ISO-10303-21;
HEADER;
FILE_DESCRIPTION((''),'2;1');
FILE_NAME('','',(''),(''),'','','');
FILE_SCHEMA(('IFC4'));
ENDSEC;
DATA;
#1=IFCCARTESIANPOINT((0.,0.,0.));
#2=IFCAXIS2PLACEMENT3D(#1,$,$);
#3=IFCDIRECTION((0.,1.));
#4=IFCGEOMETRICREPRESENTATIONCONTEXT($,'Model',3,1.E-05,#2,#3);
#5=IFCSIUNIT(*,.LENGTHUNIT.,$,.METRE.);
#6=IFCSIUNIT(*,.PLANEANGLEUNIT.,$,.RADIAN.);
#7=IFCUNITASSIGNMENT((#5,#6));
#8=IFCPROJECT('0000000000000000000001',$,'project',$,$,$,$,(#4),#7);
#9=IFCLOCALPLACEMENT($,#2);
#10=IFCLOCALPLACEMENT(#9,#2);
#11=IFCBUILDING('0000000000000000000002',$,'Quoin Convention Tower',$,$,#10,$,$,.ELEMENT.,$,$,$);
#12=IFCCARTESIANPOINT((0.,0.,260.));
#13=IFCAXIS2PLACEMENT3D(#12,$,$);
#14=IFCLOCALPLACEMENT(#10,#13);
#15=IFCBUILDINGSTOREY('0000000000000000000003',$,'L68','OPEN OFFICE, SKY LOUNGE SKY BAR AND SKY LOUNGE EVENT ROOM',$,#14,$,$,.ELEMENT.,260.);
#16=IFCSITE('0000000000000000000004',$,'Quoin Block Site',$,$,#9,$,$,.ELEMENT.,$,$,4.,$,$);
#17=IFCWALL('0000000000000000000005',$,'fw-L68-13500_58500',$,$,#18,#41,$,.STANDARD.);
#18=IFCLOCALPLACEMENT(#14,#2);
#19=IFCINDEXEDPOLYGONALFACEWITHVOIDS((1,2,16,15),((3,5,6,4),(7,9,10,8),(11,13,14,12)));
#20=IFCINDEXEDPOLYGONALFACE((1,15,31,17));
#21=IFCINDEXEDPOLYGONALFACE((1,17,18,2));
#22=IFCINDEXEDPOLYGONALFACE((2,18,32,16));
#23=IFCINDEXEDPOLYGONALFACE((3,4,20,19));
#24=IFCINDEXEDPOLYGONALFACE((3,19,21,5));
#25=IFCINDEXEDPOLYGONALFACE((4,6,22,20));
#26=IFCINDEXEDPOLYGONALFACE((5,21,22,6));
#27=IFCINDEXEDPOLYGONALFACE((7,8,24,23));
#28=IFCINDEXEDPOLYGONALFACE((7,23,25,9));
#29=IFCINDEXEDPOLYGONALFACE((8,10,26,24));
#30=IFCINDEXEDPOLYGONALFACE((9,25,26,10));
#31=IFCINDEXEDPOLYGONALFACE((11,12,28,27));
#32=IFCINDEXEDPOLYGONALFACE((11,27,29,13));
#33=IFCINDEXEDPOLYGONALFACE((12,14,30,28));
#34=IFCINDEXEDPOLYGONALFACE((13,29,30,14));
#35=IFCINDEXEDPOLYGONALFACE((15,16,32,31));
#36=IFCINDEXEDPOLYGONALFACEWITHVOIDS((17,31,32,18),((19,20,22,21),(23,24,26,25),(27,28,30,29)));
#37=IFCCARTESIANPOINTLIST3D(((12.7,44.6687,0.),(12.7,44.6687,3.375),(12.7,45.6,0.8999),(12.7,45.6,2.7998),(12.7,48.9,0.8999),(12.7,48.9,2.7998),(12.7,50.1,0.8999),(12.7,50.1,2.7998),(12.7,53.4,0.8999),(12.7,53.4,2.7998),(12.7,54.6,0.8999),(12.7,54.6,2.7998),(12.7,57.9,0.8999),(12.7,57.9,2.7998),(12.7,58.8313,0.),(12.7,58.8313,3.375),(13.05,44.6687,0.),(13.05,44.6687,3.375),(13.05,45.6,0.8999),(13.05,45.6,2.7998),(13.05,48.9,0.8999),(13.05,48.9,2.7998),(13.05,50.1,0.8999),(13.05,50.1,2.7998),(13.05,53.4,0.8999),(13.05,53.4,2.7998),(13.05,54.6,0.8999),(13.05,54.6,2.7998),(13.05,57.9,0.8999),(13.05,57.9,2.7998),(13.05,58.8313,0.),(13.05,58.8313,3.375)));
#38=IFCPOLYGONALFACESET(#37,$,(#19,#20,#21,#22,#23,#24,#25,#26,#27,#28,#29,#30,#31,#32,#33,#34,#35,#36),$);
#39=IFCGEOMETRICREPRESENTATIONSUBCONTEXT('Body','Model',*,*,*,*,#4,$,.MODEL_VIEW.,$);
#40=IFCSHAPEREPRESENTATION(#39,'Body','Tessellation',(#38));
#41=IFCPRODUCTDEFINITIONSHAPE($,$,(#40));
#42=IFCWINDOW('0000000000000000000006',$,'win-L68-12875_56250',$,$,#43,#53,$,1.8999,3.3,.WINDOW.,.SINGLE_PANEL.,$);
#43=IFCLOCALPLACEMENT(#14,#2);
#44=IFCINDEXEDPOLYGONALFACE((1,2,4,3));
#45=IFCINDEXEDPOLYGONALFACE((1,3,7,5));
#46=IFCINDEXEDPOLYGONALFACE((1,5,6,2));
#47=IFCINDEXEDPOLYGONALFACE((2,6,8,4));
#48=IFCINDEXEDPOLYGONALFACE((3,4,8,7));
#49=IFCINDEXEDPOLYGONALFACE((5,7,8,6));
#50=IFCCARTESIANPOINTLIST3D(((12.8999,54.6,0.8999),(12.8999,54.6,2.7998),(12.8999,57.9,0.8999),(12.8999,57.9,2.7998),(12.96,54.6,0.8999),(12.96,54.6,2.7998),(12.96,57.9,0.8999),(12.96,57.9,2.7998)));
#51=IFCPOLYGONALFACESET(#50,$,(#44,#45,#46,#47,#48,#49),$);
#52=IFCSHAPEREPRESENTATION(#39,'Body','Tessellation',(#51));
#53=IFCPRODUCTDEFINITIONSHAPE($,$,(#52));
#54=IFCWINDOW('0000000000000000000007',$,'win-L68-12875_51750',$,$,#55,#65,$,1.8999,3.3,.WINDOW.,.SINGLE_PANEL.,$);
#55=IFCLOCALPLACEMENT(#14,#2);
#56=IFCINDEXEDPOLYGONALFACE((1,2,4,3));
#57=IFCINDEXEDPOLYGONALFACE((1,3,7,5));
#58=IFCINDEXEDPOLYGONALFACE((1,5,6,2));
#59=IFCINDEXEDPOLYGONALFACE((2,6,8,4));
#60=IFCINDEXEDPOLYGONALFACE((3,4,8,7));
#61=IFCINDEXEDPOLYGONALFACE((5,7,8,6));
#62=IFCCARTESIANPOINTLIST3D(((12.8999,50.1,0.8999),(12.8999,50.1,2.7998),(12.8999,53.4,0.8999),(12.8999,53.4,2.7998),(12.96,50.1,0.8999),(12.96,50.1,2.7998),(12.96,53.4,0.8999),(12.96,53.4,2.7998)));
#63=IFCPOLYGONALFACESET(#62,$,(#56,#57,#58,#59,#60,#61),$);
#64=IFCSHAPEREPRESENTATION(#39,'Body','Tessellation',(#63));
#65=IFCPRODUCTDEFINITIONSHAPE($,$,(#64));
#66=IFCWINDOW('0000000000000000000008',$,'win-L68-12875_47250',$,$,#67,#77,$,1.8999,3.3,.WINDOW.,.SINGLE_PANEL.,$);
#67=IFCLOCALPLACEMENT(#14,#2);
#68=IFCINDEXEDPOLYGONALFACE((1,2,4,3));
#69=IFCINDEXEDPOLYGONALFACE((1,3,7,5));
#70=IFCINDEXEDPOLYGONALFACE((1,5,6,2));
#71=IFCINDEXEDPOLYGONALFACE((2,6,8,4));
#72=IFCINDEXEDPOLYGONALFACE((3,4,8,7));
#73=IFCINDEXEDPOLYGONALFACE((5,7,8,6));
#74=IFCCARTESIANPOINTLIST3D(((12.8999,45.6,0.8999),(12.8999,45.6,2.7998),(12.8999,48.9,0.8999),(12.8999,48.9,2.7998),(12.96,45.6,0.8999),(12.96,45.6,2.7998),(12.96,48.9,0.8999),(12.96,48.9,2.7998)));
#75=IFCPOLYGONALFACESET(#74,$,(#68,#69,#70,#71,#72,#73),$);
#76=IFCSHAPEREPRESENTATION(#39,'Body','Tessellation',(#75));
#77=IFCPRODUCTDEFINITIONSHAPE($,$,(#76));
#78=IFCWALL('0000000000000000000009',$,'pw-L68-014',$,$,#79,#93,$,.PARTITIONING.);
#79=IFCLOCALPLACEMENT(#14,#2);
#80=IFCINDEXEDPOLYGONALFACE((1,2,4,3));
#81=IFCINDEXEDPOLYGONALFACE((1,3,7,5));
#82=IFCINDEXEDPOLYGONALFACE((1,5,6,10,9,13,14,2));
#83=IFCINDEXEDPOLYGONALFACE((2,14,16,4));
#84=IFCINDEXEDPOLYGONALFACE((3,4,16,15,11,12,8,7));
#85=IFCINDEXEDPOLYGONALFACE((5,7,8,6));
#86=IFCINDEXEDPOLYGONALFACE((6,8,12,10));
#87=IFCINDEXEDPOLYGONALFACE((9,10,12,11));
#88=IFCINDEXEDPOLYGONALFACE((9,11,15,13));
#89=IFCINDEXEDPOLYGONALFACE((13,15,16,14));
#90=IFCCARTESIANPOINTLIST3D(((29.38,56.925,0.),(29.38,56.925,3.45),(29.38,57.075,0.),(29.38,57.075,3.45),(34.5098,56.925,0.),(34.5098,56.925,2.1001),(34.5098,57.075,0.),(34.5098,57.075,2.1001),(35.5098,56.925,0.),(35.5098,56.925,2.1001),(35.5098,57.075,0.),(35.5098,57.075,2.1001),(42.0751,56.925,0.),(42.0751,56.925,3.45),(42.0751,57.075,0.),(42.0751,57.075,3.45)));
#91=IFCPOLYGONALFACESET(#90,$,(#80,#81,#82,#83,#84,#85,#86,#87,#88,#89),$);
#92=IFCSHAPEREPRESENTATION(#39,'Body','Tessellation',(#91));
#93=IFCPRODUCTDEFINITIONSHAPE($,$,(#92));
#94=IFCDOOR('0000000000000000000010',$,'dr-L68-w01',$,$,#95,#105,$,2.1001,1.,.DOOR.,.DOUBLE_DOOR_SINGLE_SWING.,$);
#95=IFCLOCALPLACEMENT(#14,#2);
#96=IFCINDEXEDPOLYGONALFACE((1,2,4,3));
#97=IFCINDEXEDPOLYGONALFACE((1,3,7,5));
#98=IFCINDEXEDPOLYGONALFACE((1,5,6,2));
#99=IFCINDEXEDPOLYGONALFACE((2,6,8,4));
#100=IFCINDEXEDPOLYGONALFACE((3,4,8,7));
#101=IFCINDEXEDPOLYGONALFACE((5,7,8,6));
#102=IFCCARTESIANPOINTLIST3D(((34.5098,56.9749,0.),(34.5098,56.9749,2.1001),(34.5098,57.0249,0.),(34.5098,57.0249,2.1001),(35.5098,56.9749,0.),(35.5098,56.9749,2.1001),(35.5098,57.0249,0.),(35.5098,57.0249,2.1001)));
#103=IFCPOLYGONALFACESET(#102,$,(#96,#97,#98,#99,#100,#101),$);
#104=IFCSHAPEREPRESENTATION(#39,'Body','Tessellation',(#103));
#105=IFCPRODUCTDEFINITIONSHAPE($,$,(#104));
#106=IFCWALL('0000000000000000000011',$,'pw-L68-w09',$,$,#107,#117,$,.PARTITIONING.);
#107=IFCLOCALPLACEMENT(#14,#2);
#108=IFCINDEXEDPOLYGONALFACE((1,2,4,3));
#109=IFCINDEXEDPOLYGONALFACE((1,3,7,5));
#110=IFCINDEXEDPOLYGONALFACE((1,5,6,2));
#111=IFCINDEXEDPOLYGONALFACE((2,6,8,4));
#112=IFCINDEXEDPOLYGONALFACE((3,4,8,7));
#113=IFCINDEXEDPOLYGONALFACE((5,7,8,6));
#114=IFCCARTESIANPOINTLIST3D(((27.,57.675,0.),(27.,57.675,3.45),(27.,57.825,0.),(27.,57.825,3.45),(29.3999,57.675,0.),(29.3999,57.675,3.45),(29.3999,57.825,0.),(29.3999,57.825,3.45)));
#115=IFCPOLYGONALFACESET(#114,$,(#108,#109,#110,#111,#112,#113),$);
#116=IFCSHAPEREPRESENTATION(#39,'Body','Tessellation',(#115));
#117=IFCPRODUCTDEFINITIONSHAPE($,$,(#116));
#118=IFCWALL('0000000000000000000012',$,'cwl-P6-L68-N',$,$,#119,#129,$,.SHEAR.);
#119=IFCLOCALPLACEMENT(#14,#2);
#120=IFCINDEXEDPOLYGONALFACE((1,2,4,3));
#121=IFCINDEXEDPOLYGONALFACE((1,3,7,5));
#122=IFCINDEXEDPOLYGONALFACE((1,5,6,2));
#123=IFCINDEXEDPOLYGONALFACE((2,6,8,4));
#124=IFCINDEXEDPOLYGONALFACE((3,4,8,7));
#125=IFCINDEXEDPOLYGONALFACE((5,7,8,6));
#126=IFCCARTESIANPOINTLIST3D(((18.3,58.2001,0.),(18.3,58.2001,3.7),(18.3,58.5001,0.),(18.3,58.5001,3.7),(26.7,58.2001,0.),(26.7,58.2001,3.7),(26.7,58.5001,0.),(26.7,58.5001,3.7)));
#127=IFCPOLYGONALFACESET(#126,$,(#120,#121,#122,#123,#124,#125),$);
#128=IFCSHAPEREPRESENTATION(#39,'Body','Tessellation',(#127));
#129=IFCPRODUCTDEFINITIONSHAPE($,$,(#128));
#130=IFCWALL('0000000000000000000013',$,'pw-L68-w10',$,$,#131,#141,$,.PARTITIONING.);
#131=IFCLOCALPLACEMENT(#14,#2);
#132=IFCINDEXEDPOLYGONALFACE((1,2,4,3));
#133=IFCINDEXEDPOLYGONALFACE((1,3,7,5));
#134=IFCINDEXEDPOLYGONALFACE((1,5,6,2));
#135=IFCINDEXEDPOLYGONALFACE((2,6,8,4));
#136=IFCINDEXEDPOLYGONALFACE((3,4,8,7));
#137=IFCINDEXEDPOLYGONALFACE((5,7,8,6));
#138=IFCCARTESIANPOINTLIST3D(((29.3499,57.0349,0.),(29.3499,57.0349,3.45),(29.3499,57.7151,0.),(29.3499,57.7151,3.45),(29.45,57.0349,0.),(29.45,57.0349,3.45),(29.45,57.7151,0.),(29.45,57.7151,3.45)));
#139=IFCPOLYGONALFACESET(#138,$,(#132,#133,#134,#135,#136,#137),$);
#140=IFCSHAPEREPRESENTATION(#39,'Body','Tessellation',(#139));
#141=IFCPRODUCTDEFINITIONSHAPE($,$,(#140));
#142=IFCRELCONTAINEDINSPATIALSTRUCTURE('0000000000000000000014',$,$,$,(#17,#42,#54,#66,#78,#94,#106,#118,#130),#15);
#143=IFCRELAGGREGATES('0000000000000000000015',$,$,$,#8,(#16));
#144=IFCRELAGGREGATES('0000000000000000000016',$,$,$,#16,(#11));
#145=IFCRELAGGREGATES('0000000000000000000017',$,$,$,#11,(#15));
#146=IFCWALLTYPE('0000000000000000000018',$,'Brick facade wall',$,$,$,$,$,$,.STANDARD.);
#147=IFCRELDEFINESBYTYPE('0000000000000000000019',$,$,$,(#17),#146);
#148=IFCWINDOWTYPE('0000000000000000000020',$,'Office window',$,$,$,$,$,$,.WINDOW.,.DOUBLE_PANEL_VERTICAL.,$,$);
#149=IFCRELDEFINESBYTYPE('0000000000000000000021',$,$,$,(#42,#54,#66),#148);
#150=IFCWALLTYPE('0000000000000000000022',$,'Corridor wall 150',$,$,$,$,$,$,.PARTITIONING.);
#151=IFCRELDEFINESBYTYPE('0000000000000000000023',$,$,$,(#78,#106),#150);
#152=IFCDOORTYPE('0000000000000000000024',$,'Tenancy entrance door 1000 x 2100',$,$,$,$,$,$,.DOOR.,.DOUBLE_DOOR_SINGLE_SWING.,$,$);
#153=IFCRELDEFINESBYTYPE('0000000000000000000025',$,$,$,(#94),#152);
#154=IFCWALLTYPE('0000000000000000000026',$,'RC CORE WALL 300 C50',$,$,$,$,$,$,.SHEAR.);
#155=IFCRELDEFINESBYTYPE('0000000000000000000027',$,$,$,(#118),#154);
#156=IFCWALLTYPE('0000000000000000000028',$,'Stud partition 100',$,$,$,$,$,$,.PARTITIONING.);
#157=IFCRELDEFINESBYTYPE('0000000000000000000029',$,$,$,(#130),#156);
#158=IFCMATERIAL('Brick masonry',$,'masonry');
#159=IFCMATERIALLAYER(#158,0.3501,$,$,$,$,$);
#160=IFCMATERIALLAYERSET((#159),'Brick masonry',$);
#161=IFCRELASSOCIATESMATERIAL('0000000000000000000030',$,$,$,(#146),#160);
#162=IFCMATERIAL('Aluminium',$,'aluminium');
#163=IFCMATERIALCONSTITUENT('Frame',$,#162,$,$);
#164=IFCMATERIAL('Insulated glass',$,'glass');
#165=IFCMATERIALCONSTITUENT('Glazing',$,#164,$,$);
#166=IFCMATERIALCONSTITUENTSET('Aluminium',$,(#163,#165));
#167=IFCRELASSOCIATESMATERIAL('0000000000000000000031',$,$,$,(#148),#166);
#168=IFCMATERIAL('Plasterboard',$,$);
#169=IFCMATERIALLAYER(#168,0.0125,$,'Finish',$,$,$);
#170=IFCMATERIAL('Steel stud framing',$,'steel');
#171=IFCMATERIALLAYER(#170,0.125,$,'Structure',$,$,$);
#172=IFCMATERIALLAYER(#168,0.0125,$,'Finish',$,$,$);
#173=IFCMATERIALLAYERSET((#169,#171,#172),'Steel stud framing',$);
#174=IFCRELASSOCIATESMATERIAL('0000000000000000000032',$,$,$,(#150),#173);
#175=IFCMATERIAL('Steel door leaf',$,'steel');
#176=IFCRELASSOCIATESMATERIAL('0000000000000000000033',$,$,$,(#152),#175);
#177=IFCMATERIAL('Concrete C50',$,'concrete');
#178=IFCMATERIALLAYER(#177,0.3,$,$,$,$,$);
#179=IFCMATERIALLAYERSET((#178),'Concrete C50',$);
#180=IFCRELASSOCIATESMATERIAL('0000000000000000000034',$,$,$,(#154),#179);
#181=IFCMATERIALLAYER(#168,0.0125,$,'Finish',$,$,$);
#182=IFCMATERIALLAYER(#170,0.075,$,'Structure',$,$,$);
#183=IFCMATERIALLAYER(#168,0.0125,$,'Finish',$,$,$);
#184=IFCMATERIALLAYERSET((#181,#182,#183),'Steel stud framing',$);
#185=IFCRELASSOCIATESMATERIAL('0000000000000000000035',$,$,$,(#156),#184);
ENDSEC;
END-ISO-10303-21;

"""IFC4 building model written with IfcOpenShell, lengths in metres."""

from ifc_helpers import new_model, si_unit, direction, frame, frame_2d, origin, place, context, subcontext, project, spatial, rectangle, extrude, material, layer, layer_set, constituent, constituent_set, type_object, element, fill, save


model = new_model("IFC4")

# Units and contexts
model_context = context("Model", 3, precision=1e-05, world=origin(), true_north=direction((0.0, 1.0)))
body_context = subcontext(model_context, "Body", "Model", "MODEL_VIEW")
ifc_project = project(units=[si_unit("LENGTHUNIT", "METRE"), si_unit("PLANEANGLEUNIT", "RADIAN")], contexts=[model_context])

# Site, building, storey
site_placement = place(None, origin())
site = spatial("IfcSite", under=ifc_project, at=site_placement, Name="Quoin Block Site", CompositionType="ELEMENT", RefElevation=4.0)
building_placement = place(site_placement, origin())
building = spatial("IfcBuilding", under=site, at=building_placement, Name="Quoin Convention Tower", CompositionType="ELEMENT")
storey_placement = place(building_placement, frame((0.0, 0.0, 260.0)))
storey = spatial("IfcBuildingStorey", under=building, at=storey_placement, Name="L68", Description="OPEN OFFICE, SKY LOUNGE SKY BAR AND SKY LOUNGE EVENT ROOM", CompositionType="ELEMENT", Elevation=260.0)

# Shared definitions
ifc_material_1 = material(Name="Concrete C50", Category="concrete")

# Shared definitions
ifc_material_2 = material(Name="Brick masonry", Category="masonry")
ifc_layer_1 = layer(ifc_material_2, 0.3501)
ifc_layer_set_1 = layer_set([ifc_layer_1], Name="Brick masonry")
wall_type_1 = type_object("IfcWallType", Name="Brick facade wall", PredefinedType="STANDARD", material=ifc_layer_set_1)
ifc_material_3 = material(Name="Aluminium", Category="aluminium")
ifc_constituent_1 = constituent(ifc_material_3, Name="Frame")
ifc_material_4 = material(Name="Insulated glass", Category="glass")
ifc_constituent_2 = constituent(ifc_material_4, Name="Glazing")
ifc_constituent_set = constituent_set(constituents=[ifc_constituent_1, ifc_constituent_2], Name="Aluminium")
window_type = type_object("IfcWindowType", Name="Office window", PartitioningType="DOUBLE_PANEL_VERTICAL", PredefinedType="WINDOW", material=ifc_constituent_set)

# Wall, openings, windows
wall_1_placement = place(storey_placement, frame((12.875, 58.8313, 0.0), z_axis=(0.0, 0.0, 1.0), x_axis=(0.0, -1.0, 0.0)))
wall_1 = element("IfcWall", 1, at=wall_1_placement, inside=storey, type_object=wall_type_1, Name="fw-L68-13500_58500", PredefinedType="STANDARD", context=body_context, shape_type="SweptSolid", body=[
    extrude(rectangle(XDim=14.1626, YDim=0.3501, at=frame_2d((7.0813, 0.0))), origin(), (0.0, 0.0, 1.0), 3.375),
])
opening_1_placement = place(wall_1_placement, frame((0.9314, 0.0, 0.8999)))
opening_1 = element("IfcOpeningElement", 2, at=opening_1_placement, cuts=wall_1, PredefinedType="OPENING", context=body_context, shape_type="SweptSolid", body=[
    extrude(rectangle(XDim=3.3, YDim=1.8999, at=frame_2d((1.6499, 0.95))), frame((0.0, 0.1851, 0.0), z_axis=(0.0, -1.0, 0.0), x_axis=(1.0, 0.0, 0.0)), (0.0, 0.0, 1.0), 0.3701),
])
opening_2_placement = place(wall_1_placement, frame((5.4314, 0.0, 0.8999)))
opening_2 = element("IfcOpeningElement", 3, at=opening_2_placement, cuts=wall_1, PredefinedType="OPENING", context=body_context, shape_type="SweptSolid", body=[
    extrude(rectangle(XDim=3.3, YDim=1.8999, at=frame_2d((1.6499, 0.95))), frame((0.0, 0.1851, 0.0), z_axis=(0.0, -1.0, 0.0), x_axis=(1.0, 0.0, 0.0)), (0.0, 0.0, 1.0), 0.3701),
])
opening_3_placement = place(wall_1_placement, frame((9.9314, 0.0, 0.8999)))
opening_3 = element("IfcOpeningElement", 4, at=opening_3_placement, cuts=wall_1, PredefinedType="OPENING", context=body_context, shape_type="SweptSolid", body=[
    extrude(rectangle(XDim=3.3, YDim=1.8999, at=frame_2d((1.6499, 0.95))), frame((0.0, 0.1851, 0.0), z_axis=(0.0, -1.0, 0.0), x_axis=(1.0, 0.0, 0.0)), (0.0, 0.0, 1.0), 0.3701),
])
window_1_placement = place(opening_1_placement, origin())
window_1 = element("IfcWindow", 5, at=window_1_placement, inside=storey, type_object=window_type, Name="win-L68-12875_56250", OverallHeight=1.8999, OverallWidth=3.3, PartitioningType="SINGLE_PANEL", PredefinedType="WINDOW", context=body_context, shape_type="SweptSolid", body=[
    extrude(rectangle(XDim=3.3, YDim=1.8999, at=frame_2d((1.6499, 0.95))), frame((0.0, 0.085, 0.0), z_axis=(0.0, -1.0, 0.0), x_axis=(1.0, 0.0, 0.0)), (0.0, 0.0, 1.0), 0.0601),
])
fill(opening_1, window_1)
window_2_placement = place(opening_2_placement, origin())
window_2 = element("IfcWindow", 6, at=window_2_placement, inside=storey, type_object=window_type, Name="win-L68-12875_51750", OverallHeight=1.8999, OverallWidth=3.3, PartitioningType="SINGLE_PANEL", PredefinedType="WINDOW", context=body_context, shape_type="SweptSolid", body=[
    extrude(rectangle(XDim=3.3, YDim=1.8999, at=frame_2d((1.6499, 0.95))), frame((0.0, 0.085, 0.0), z_axis=(0.0, -1.0, 0.0), x_axis=(1.0, 0.0, 0.0)), (0.0, 0.0, 1.0), 0.0601),
])
fill(opening_2, window_2)
window_3_placement = place(opening_3_placement, origin())
window_3 = element("IfcWindow", 7, at=window_3_placement, inside=storey, type_object=window_type, Name="win-L68-12875_47250", OverallHeight=1.8999, OverallWidth=3.3, PartitioningType="SINGLE_PANEL", PredefinedType="WINDOW", context=body_context, shape_type="SweptSolid", body=[
    extrude(rectangle(XDim=3.3, YDim=1.8999, at=frame_2d((1.6499, 0.95))), frame((0.0, 0.085, 0.0), z_axis=(0.0, -1.0, 0.0), x_axis=(1.0, 0.0, 0.0)), (0.0, 0.0, 1.0), 0.0601),
])
fill(opening_3, window_3)

# Wall, opening, door
ifc_material_5 = material(Name="Plasterboard")
ifc_layer_2 = layer(ifc_material_5, 0.0125, Name="Finish")
ifc_material_6 = material(Name="Steel stud framing", Category="steel")
ifc_layer_3 = layer(ifc_material_6, 0.125, Name="Structure")
ifc_layer_4 = layer(ifc_material_5, 0.0125, Name="Finish")
ifc_layer_set_2 = layer_set([ifc_layer_2, ifc_layer_3, ifc_layer_4], Name="Steel stud framing")
wall_type_2 = type_object("IfcWallType", Name="Corridor wall 150", PredefinedType="PARTITIONING", material=ifc_layer_set_2)
wall_2_placement = place(storey_placement, frame((29.3799, 57.0, 0.0), z_axis=(0.0, 0.0, 1.0), x_axis=(1.0, 0.0, 0.0)))
wall_2 = element("IfcWall", 8, at=wall_2_placement, inside=storey, type_object=wall_type_2, Name="pw-L68-014", PredefinedType="PARTITIONING", context=body_context, shape_type="SweptSolid", body=[
    extrude(rectangle(XDim=12.6951, YDim=0.1499, at=frame_2d((6.3477, 0.0))), origin(), (0.0, 0.0, 1.0), 3.45),
])
opening_4_placement = place(wall_2_placement, frame((5.1299, 0.0, 0.0)))
opening_4 = element("IfcOpeningElement", 9, at=opening_4_placement, cuts=wall_2, PredefinedType="OPENING", context=body_context, shape_type="SweptSolid", body=[
    extrude(rectangle(XDim=1.0, YDim=2.1001, at=frame_2d((0.5, 1.05))), frame((0.0, 0.085, 0.0), z_axis=(0.0, -1.0, 0.0), x_axis=(1.0, 0.0, 0.0)), (0.0, 0.0, 1.0), 0.1699),
])
ifc_material_7 = material(Name="Steel door leaf", Category="steel")
door_type_1 = type_object("IfcDoorType", Name="Tenancy entrance door 1000 x 2100", OperationType="DOUBLE_DOOR_SINGLE_SWING", PredefinedType="DOOR", material=ifc_material_7)
door_1_placement = place(opening_4_placement, origin())
door_1 = element("IfcDoor", 10, at=door_1_placement, inside=storey, type_object=door_type_1, Name="dr-L68-w01", OperationType="DOUBLE_DOOR_SINGLE_SWING", OverallHeight=2.1001, OverallWidth=1.0, PredefinedType="DOOR", context=body_context, shape_type="SweptSolid", body=[
    extrude(rectangle(XDim=1.0, YDim=2.1001, at=frame_2d((0.5, 1.05))), frame((0.0, 0.0249, 0.0), z_axis=(0.0, -1.0, 0.0), x_axis=(1.0, 0.0, 0.0)), (0.0, 0.0, 1.0), 0.05),
])
fill(opening_4, door_1)

# Walls
wall_3_placement = place(storey_placement, frame((27.0, 57.75, 0.0), z_axis=(0.0, 0.0, 1.0), x_axis=(1.0, 0.0, 0.0)))
element("IfcWall", 11, at=wall_3_placement, inside=storey, type_object=wall_type_2, Name="pw-L68-w09", PredefinedType="PARTITIONING", context=body_context, shape_type="SweptSolid", body=[
    extrude(rectangle(XDim=2.3999, YDim=0.1499, at=frame_2d((1.2, 0.0))), origin(), (0.0, 0.0, 1.0), 3.45),
])
ifc_layer_5 = layer(ifc_material_1, 0.3)
ifc_layer_set_3 = layer_set([ifc_layer_5], Name="Concrete C50")
wall_type_3 = type_object("IfcWallType", Name="RC CORE WALL 300 C50", PredefinedType="SHEAR", material=ifc_layer_set_3)
wall_4_placement = place(storey_placement, frame((18.3, 58.3501, 0.0), z_axis=(0.0, 0.0, 1.0), x_axis=(1.0, 0.0, 0.0)))
element("IfcWall", 12, at=wall_4_placement, inside=storey, type_object=wall_type_3, Name="cwl-P6-L68-N", PredefinedType="SHEAR", context=body_context, shape_type="SweptSolid", body=[
    extrude(rectangle(XDim=8.3999, YDim=0.3, at=frame_2d((4.2, 0.0))), origin(), (0.0, 0.0, 1.0), 3.7),
])
ifc_layer_6 = layer(ifc_material_5, 0.0125, Name="Finish")
ifc_layer_7 = layer(ifc_material_6, 0.075, Name="Structure")
ifc_layer_8 = layer(ifc_material_5, 0.0125, Name="Finish")
ifc_layer_set_4 = layer_set([ifc_layer_6, ifc_layer_7, ifc_layer_8], Name="Steel stud framing")
wall_type_4 = type_object("IfcWallType", Name="Stud partition 100", PredefinedType="PARTITIONING", material=ifc_layer_set_4)
wall_5_placement = place(storey_placement, frame((29.3999, 57.7151, 0.0), z_axis=(0.0, 0.0, 1.0), x_axis=(0.0, -1.0, 0.0)))
element("IfcWall", 13, at=wall_5_placement, inside=storey, type_object=wall_type_4, Name="pw-L68-w10", PredefinedType="PARTITIONING", context=body_context, shape_type="SweptSolid", body=[
    extrude(rectangle(XDim=0.6802, YDim=0.1001, at=frame_2d((0.3401, 0.0))), origin(), (0.0, 0.0, 1.0), 3.45),
])

save(model, "model.ifc")
